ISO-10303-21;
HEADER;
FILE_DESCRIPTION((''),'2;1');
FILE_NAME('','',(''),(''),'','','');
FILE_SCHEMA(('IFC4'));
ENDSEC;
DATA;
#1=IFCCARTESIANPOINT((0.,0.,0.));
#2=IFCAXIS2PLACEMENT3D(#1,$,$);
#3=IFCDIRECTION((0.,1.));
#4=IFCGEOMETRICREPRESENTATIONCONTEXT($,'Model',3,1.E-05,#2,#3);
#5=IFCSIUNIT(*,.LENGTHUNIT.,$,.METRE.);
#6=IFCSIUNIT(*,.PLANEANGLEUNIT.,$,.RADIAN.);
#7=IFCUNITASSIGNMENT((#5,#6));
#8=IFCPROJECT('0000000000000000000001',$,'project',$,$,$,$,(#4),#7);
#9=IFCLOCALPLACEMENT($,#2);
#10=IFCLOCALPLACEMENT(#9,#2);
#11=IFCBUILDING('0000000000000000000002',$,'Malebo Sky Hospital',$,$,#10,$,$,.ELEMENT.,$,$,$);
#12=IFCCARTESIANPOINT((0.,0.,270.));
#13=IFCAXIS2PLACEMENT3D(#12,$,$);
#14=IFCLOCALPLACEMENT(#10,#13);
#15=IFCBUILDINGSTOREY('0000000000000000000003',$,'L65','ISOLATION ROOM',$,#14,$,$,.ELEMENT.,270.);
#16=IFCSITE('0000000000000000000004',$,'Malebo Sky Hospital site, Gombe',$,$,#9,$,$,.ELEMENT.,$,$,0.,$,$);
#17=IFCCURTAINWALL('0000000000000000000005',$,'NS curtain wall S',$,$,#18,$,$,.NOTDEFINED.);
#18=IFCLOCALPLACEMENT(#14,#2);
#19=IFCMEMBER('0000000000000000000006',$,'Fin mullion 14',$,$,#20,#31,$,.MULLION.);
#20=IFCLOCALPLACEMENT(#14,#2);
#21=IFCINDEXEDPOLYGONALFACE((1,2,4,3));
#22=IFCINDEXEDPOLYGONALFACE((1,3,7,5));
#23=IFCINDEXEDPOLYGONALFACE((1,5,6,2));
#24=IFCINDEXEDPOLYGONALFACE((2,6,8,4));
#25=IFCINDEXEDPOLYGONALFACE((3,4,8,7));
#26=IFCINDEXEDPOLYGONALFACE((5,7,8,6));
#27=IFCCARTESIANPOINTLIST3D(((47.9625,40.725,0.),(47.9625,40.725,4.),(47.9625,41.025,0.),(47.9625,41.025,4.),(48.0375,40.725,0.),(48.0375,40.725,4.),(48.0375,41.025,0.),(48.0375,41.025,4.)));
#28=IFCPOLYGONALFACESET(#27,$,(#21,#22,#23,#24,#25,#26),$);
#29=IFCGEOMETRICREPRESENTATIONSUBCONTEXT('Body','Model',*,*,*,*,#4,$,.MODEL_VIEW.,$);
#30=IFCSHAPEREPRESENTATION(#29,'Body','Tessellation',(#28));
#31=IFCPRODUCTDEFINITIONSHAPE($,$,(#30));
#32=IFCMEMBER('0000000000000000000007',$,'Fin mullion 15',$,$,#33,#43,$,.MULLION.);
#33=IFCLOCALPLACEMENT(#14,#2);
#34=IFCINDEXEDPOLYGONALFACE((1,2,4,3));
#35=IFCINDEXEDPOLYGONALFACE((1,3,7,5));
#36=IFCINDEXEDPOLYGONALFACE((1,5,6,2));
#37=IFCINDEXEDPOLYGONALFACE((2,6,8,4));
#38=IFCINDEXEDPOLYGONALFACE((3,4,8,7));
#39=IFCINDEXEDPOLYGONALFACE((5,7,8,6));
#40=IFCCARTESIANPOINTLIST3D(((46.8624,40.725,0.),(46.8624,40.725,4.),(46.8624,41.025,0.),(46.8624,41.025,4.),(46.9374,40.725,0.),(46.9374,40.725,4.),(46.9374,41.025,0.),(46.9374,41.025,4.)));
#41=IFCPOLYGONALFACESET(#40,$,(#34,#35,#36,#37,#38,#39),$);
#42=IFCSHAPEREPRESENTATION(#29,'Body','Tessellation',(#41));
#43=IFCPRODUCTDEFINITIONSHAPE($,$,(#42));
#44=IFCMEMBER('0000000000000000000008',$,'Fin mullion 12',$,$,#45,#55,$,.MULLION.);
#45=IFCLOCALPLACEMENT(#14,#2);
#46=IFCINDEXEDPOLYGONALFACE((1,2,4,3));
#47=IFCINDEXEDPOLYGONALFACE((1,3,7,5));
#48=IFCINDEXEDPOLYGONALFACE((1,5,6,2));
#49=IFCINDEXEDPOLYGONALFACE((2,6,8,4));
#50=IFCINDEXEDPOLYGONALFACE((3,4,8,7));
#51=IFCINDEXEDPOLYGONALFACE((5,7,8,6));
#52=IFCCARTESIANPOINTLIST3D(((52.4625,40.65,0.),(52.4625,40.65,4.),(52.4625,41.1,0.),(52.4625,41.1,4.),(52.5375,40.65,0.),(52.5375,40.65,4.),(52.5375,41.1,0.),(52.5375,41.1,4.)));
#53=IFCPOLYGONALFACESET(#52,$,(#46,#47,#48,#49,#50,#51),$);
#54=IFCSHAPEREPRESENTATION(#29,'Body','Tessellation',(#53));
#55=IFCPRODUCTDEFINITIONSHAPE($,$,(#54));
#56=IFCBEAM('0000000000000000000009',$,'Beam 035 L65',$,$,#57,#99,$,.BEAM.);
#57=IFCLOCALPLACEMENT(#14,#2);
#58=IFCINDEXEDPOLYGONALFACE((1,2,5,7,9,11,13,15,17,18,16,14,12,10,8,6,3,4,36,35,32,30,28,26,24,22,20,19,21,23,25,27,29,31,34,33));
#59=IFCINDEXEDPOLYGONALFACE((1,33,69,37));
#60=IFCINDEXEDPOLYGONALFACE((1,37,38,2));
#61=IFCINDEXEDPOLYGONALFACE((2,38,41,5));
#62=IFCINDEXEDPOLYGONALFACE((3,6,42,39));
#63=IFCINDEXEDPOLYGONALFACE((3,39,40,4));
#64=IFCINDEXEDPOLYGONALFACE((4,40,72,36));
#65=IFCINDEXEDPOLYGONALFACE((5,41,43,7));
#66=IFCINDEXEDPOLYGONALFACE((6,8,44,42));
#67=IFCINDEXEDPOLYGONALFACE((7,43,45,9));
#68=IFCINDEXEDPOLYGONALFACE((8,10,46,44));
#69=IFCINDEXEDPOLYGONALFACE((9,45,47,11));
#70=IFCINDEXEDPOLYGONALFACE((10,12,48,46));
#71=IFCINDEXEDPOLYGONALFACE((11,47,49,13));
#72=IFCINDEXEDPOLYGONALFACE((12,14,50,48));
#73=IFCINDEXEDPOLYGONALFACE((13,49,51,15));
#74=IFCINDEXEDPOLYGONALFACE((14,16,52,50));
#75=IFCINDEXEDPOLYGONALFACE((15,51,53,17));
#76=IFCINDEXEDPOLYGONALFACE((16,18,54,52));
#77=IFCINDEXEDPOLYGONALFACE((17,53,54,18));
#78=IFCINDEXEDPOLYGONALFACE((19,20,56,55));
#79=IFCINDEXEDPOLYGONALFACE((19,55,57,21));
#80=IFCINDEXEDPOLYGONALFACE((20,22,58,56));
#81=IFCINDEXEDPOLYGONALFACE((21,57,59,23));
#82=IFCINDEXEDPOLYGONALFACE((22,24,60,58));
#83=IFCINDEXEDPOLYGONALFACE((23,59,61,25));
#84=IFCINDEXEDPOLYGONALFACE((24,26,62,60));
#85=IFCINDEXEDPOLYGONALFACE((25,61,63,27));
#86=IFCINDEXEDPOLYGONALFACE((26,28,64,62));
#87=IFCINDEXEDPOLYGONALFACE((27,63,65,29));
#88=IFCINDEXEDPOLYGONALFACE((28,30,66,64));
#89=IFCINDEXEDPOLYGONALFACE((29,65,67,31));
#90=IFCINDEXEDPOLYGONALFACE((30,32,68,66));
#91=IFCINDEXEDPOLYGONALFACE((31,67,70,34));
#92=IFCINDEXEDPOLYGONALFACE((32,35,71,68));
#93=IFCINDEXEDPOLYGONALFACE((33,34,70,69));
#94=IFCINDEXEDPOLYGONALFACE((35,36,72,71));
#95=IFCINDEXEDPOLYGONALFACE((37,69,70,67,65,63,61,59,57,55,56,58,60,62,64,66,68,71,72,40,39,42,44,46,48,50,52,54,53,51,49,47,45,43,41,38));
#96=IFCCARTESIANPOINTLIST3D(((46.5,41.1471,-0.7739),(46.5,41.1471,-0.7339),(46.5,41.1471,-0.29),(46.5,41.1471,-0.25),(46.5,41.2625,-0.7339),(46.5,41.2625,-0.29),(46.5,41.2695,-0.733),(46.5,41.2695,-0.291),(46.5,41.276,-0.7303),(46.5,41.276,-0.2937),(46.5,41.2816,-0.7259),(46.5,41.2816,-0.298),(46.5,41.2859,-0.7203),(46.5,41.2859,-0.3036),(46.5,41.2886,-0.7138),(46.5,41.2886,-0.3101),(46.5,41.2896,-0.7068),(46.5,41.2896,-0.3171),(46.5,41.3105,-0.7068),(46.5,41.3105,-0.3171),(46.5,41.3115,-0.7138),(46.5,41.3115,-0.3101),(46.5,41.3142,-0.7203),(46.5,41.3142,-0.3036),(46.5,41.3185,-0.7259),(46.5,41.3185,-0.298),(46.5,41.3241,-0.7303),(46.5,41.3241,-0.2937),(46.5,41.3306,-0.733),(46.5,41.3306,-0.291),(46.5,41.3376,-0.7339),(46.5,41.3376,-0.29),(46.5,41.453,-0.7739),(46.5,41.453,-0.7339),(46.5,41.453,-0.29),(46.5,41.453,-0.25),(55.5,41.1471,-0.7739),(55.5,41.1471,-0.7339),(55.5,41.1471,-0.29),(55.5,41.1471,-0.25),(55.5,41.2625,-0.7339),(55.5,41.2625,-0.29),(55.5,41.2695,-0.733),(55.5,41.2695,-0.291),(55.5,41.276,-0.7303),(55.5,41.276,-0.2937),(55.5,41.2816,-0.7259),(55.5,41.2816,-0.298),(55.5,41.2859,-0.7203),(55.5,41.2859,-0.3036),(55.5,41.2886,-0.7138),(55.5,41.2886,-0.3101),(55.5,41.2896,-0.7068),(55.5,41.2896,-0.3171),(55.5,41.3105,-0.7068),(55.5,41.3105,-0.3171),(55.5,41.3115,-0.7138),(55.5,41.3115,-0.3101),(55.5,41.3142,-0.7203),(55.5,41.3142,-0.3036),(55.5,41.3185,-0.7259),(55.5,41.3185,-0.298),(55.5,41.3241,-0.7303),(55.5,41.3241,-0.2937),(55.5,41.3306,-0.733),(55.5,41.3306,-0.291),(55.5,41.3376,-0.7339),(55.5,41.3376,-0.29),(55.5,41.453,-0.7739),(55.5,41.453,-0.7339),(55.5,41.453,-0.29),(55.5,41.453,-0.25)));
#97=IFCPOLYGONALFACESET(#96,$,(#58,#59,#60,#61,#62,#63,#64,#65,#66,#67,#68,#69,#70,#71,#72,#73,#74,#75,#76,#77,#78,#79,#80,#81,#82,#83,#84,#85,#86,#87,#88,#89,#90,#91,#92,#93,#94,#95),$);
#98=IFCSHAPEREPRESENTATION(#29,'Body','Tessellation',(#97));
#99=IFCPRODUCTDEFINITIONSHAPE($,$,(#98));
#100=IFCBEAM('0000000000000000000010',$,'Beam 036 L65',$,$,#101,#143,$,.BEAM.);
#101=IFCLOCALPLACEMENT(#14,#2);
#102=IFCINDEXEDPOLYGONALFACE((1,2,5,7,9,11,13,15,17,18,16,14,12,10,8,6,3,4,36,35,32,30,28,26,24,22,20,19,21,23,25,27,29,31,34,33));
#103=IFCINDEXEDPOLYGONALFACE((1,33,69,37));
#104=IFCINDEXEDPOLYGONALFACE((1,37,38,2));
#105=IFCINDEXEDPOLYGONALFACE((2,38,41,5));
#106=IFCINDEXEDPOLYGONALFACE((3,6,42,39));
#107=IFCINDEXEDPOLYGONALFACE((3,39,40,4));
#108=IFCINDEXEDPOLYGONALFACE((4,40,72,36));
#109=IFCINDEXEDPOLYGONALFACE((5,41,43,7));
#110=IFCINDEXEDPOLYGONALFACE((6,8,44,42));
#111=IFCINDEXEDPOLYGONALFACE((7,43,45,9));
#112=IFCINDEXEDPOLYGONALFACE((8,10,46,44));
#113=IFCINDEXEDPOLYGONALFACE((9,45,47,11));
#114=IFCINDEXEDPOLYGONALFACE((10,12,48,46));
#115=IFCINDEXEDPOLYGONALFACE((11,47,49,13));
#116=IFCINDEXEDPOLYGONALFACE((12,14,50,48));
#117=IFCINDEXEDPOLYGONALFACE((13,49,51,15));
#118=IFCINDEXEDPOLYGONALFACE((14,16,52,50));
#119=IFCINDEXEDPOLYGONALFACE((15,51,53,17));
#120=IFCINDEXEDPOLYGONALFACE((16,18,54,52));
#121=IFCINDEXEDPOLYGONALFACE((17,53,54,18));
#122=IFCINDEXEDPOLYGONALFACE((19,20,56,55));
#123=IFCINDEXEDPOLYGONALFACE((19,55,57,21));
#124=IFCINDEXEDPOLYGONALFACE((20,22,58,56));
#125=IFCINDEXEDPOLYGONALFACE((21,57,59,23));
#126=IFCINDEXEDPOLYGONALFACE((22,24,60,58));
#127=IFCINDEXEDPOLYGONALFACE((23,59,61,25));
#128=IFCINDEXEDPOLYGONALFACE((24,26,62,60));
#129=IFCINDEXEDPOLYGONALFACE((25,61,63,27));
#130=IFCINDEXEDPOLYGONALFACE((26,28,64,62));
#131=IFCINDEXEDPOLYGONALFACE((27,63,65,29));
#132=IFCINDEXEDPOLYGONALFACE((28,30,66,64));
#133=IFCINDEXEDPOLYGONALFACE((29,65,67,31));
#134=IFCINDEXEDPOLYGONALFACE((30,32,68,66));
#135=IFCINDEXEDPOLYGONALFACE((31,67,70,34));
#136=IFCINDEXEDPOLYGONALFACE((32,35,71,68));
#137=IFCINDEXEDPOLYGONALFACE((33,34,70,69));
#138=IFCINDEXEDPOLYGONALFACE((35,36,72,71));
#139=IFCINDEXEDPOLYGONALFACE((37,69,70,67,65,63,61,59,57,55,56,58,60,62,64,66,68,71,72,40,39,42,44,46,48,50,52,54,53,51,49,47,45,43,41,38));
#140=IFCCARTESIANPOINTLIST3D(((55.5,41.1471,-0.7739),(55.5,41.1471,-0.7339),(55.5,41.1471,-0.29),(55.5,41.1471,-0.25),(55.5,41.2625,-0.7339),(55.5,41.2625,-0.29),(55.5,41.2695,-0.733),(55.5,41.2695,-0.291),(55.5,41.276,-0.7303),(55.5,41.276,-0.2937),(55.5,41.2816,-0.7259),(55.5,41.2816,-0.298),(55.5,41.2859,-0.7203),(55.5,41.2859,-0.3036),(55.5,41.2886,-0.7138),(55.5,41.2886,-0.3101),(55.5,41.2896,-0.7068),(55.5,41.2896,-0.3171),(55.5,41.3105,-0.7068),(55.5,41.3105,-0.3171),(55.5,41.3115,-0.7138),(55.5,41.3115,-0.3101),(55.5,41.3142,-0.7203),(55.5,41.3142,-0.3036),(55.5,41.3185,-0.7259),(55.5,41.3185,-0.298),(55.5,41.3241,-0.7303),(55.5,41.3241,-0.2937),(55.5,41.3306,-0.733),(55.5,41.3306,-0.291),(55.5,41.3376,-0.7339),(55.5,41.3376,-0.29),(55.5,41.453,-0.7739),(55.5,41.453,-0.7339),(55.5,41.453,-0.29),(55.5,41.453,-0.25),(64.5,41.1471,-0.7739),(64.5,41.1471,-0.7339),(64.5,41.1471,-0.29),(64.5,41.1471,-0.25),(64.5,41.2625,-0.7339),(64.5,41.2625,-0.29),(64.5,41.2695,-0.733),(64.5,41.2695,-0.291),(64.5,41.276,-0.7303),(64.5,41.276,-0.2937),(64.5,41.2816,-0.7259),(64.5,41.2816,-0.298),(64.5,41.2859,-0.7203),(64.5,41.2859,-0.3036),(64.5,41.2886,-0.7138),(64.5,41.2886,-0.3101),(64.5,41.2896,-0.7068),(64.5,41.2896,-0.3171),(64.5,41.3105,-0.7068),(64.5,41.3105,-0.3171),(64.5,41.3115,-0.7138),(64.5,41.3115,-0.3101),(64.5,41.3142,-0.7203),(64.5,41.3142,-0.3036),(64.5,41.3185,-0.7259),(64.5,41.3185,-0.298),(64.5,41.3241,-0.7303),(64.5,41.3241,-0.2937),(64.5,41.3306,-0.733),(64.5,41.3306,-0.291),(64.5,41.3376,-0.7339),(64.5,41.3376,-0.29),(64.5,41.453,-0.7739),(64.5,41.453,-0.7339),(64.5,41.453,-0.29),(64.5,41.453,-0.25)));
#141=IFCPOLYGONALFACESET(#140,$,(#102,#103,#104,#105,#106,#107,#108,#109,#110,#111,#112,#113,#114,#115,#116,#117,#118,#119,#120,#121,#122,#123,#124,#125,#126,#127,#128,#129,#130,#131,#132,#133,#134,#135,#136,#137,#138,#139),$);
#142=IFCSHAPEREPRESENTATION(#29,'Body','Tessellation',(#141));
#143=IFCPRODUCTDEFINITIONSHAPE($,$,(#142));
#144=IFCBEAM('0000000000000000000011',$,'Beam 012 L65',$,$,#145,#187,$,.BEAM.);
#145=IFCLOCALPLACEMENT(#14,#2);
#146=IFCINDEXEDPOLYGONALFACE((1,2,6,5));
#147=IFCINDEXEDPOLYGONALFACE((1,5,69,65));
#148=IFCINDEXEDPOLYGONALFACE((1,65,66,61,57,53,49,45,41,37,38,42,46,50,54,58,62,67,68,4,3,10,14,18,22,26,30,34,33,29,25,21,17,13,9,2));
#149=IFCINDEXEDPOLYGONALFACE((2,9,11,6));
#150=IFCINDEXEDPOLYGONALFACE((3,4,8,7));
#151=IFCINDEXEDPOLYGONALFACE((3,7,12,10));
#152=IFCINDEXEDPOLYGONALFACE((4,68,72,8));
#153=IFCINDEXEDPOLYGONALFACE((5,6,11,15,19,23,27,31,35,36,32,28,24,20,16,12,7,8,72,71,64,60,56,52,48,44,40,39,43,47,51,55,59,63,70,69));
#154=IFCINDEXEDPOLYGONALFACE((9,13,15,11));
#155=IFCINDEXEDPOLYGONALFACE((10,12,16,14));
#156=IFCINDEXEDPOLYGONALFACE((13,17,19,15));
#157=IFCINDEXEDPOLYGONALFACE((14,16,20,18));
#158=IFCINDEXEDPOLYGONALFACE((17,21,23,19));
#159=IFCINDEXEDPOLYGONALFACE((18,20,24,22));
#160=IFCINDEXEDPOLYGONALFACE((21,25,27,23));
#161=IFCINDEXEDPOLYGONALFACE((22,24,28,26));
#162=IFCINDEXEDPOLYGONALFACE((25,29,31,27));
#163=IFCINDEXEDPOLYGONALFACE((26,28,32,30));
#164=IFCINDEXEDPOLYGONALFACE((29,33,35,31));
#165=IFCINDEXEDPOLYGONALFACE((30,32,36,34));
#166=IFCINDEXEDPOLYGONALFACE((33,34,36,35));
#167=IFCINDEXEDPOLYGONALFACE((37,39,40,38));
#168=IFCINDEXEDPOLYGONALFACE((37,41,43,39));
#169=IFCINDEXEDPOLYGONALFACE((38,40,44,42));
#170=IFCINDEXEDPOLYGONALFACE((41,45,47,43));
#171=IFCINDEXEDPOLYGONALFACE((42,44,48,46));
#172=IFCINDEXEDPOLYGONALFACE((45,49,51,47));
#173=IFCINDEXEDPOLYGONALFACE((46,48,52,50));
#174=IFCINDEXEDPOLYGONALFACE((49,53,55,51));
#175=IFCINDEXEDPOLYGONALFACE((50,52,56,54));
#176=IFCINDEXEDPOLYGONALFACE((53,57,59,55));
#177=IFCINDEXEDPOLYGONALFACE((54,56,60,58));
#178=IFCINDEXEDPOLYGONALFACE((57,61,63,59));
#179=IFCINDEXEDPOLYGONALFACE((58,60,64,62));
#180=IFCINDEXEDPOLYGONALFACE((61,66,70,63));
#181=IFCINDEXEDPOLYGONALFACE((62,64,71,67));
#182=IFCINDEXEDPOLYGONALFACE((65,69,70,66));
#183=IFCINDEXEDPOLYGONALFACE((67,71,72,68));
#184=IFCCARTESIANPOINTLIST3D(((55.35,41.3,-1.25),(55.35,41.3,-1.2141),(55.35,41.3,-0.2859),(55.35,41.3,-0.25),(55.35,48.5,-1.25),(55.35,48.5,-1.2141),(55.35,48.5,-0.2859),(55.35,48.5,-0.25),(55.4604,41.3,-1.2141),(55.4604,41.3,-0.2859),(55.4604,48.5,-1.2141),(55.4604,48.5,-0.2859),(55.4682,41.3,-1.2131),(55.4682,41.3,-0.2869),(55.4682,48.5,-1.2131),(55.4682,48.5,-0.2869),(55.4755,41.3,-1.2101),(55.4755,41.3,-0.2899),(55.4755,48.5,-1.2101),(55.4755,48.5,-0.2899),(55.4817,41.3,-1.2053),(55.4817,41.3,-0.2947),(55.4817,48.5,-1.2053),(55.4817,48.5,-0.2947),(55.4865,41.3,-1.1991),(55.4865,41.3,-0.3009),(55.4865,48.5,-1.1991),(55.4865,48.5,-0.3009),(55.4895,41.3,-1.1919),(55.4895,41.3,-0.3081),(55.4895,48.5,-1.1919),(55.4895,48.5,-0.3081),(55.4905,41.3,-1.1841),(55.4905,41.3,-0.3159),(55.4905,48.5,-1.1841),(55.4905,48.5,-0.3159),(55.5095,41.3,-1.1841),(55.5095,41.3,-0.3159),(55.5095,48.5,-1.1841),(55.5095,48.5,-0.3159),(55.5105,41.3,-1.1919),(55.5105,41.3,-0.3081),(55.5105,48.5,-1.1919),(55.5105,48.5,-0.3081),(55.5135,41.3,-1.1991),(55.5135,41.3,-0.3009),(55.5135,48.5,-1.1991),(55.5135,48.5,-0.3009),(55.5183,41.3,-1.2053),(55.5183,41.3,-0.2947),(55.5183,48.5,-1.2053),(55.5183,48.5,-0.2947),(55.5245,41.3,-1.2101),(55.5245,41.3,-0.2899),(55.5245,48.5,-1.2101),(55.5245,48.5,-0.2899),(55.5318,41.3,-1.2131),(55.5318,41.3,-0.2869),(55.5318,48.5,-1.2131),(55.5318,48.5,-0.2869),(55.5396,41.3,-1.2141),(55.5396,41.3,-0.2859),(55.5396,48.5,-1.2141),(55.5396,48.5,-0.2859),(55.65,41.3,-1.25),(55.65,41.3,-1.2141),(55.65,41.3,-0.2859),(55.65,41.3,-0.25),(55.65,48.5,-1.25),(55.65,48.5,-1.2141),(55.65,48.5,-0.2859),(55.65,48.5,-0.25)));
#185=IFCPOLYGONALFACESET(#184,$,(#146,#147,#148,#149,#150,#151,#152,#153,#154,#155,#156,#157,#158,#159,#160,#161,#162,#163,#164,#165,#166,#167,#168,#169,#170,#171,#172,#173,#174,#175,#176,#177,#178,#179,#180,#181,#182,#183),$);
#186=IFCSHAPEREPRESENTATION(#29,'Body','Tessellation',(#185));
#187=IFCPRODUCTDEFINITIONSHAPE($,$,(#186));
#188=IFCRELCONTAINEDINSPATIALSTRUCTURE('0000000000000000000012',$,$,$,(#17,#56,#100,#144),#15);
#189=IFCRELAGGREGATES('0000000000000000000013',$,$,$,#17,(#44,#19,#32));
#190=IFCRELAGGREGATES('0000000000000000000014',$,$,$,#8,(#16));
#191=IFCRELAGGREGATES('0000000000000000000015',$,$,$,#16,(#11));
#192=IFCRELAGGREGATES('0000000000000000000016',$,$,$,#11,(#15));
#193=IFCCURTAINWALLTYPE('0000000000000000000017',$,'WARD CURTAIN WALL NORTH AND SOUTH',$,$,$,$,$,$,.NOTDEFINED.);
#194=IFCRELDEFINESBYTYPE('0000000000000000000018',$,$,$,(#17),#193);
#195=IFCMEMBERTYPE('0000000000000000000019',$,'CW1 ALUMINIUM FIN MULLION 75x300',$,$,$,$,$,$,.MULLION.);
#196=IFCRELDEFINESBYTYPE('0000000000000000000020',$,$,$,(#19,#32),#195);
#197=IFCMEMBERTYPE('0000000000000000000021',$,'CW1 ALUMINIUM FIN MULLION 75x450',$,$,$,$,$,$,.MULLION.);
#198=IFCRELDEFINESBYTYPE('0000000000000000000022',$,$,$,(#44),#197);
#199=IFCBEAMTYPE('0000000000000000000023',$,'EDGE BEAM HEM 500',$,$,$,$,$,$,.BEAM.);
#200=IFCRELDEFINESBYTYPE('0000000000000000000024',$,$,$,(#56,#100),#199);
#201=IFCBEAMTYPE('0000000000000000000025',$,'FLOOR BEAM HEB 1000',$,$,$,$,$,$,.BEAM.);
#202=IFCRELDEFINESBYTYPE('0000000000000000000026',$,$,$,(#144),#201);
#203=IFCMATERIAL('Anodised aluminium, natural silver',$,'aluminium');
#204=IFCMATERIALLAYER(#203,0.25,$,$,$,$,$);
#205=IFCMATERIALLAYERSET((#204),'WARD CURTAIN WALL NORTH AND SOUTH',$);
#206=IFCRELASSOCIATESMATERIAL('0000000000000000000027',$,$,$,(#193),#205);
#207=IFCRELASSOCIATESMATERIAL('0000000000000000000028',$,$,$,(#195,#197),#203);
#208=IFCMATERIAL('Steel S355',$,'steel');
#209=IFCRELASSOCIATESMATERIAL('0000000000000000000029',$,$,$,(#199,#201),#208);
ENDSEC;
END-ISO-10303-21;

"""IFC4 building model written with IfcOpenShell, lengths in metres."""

from ifc_helpers import new_model, si_unit, direction, frame, origin, origin_2d, place, context, subcontext, project, spatial, rectangle, i_section, extrude, material, layer, layer_set, material_profile, profile_set, type_object, element, aggregate, save


model = new_model("IFC4")

# Units and contexts
model_context = context("Model", 3, precision=1e-05, world=origin(), true_north=direction((0.0, 1.0)))
body_context = subcontext(model_context, "Body", "Model", "MODEL_VIEW")
ifc_project = project(units=[si_unit("LENGTHUNIT", "METRE"), si_unit("PLANEANGLEUNIT", "RADIAN")], contexts=[model_context])

# Site, building, storey
site_placement = place(None, origin())
site = spatial("IfcSite", under=ifc_project, at=site_placement, Name="Malebo Sky Hospital site, Gombe", CompositionType="ELEMENT", RefElevation=0.0)
building_placement = place(site_placement, origin())
building = spatial("IfcBuilding", under=site, at=building_placement, Name="Malebo Sky Hospital", CompositionType="ELEMENT")
storey_placement = place(building_placement, frame((0.0, 0.0, 270.0)))
storey = spatial("IfcBuildingStorey", under=building, at=storey_placement, Name="L65", Description="ISOLATION ROOM", CompositionType="ELEMENT", Elevation=270.0)

# Curtain wall
ifc_material_1 = material(Name="Anodised aluminium, natural silver", Category="aluminium")
ifc_layer_1 = layer(ifc_material_1, 0.25)
ifc_layer_set_1 = layer_set([ifc_layer_1], Name="WARD CURTAIN WALL NORTH AND SOUTH")
curtain_wall_type = type_object("IfcCurtainWallType", Name="WARD CURTAIN WALL NORTH AND SOUTH", PredefinedType="NOTDEFINED", material=ifc_layer_set_1)
curtain_wall_placement = place(storey_placement, origin())
curtain_wall = element("IfcCurtainWall", 1, at=curtain_wall_placement, inside=storey, type_object=curtain_wall_type, Name="NS curtain wall S", PredefinedType="NOTDEFINED")

# Members
ifc_material_2 = material(Name="Steel S355", Category="steel")
ifc_material_profile_1 = material_profile(ifc_material_1, rectangle(XDim=0.075, YDim=0.3, at=origin_2d()), Name="CW1 ALUMINIUM FIN MULLION 75x300")
ifc_profile_set_1 = profile_set([ifc_material_profile_1], Name="Anodised aluminium, natural silver")
member_type_1 = type_object("IfcMemberType", Name="CW1 ALUMINIUM FIN MULLION 75x300", PredefinedType="MULLION", material=ifc_profile_set_1)
member_1_placement = place(storey_placement, frame((48.0, 40.875, 0.0), z_axis=(0.0, 0.0, 1.0), x_axis=(-1.0, 0.0, 0.0)))
member_1 = element("IfcMember", 2, at=member_1_placement, type_object=member_type_1, Name="Fin mullion 14", PredefinedType="MULLION", context=body_context, shape_type="SweptSolid", body=[
    extrude(rectangle(XDim=0.075, YDim=0.3, at=origin_2d()), origin(), (0.0, 0.0, 1.0), 4.0),
])
member_2_placement = place(storey_placement, frame((46.8999, 40.875, 0.0), z_axis=(0.0, 0.0, 1.0), x_axis=(-1.0, 0.0, 0.0)))
member_2 = element("IfcMember", 3, at=member_2_placement, type_object=member_type_1, Name="Fin mullion 15", PredefinedType="MULLION", context=body_context, shape_type="SweptSolid", body=[
    extrude(rectangle(XDim=0.075, YDim=0.3, at=origin_2d()), origin(), (0.0, 0.0, 1.0), 4.0),
])
ifc_material_profile_2 = material_profile(ifc_material_1, rectangle(XDim=0.075, YDim=0.45, at=origin_2d()), Name="CW1 ALUMINIUM FIN MULLION 75x450")
ifc_profile_set_2 = profile_set([ifc_material_profile_2], Name="Anodised aluminium, natural silver")
member_type_2 = type_object("IfcMemberType", Name="CW1 ALUMINIUM FIN MULLION 75x450", PredefinedType="MULLION", material=ifc_profile_set_2)
member_3_placement = place(storey_placement, frame((52.5, 40.875, 0.0), z_axis=(0.0, 0.0, 1.0), x_axis=(-1.0, 0.0, 0.0)))
member_3 = element("IfcMember", 4, at=member_3_placement, type_object=member_type_2, Name="Fin mullion 12", PredefinedType="MULLION", context=body_context, shape_type="SweptSolid", body=[
    extrude(rectangle(XDim=0.075, YDim=0.45, at=origin_2d()), origin(), (0.0, 0.0, 1.0), 4.0),
])

# Beams
ifc_material_profile_3 = material_profile(ifc_material_2, i_section(OverallWidth=0.3059, OverallDepth=0.5239, WebThickness=0.021, FlangeThickness=0.04, FilletRadius=0.0271, at=origin_2d()), Name="HEM 500")
ifc_profile_set_3 = profile_set([ifc_material_profile_3], Name="Steel S355")
beam_type_1 = type_object("IfcBeamType", Name="EDGE BEAM HEM 500", PredefinedType="BEAM", material=ifc_profile_set_3)
for number, where, z_axis, x_axis, name in (
    (5, (46.5, 41.3, -0.512), (1.0, 0.0, 0.0), (0.0, 1.0, 0.0), "Beam 035 L65"),
    (6, (55.5, 41.3, -0.512), (1.0, 0.0, 0.0), (0.0, 1.0, 0.0), "Beam 036 L65"),
):
    element("IfcBeam", number, at=place(storey_placement, frame(where, z_axis=z_axis, x_axis=x_axis)), inside=storey, type_object=beam_type_1, Name=name, PredefinedType="BEAM", context=body_context, shape_type="SweptSolid", body=[
        extrude(i_section(OverallWidth=0.3059, OverallDepth=0.5239, WebThickness=0.021, FlangeThickness=0.04, FilletRadius=0.0271, at=origin_2d()), origin(), (0.0, 0.0, 1.0), 9.0),
    ])
ifc_material_profile_4 = material_profile(ifc_material_2, i_section(OverallWidth=0.3, OverallDepth=1.0, WebThickness=0.019, FlangeThickness=0.0359, FilletRadius=0.03, at=origin_2d()), Name="HEB 1000")
ifc_profile_set_4 = profile_set([ifc_material_profile_4], Name="Steel S355")
beam_type_2 = type_object("IfcBeamType", Name="FLOOR BEAM HEB 1000", PredefinedType="BEAM", material=ifc_profile_set_4)
beam_1_placement = place(storey_placement, frame((55.5, 41.3, -0.75), z_axis=(0.0, 1.0, 0.0), x_axis=(-1.0, 0.0, 0.0)))
element("IfcBeam", 7, at=beam_1_placement, inside=storey, type_object=beam_type_2, Name="Beam 012 L65", PredefinedType="BEAM", context=body_context, shape_type="SweptSolid", body=[
    extrude(i_section(OverallWidth=0.3, OverallDepth=1.0, WebThickness=0.019, FlangeThickness=0.0359, FilletRadius=0.03, at=origin_2d()), origin(), (0.0, 0.0, 1.0), 7.2),
])

aggregate(curtain_wall, [member_3, member_1, member_2])

save(model, "model.ifc")
